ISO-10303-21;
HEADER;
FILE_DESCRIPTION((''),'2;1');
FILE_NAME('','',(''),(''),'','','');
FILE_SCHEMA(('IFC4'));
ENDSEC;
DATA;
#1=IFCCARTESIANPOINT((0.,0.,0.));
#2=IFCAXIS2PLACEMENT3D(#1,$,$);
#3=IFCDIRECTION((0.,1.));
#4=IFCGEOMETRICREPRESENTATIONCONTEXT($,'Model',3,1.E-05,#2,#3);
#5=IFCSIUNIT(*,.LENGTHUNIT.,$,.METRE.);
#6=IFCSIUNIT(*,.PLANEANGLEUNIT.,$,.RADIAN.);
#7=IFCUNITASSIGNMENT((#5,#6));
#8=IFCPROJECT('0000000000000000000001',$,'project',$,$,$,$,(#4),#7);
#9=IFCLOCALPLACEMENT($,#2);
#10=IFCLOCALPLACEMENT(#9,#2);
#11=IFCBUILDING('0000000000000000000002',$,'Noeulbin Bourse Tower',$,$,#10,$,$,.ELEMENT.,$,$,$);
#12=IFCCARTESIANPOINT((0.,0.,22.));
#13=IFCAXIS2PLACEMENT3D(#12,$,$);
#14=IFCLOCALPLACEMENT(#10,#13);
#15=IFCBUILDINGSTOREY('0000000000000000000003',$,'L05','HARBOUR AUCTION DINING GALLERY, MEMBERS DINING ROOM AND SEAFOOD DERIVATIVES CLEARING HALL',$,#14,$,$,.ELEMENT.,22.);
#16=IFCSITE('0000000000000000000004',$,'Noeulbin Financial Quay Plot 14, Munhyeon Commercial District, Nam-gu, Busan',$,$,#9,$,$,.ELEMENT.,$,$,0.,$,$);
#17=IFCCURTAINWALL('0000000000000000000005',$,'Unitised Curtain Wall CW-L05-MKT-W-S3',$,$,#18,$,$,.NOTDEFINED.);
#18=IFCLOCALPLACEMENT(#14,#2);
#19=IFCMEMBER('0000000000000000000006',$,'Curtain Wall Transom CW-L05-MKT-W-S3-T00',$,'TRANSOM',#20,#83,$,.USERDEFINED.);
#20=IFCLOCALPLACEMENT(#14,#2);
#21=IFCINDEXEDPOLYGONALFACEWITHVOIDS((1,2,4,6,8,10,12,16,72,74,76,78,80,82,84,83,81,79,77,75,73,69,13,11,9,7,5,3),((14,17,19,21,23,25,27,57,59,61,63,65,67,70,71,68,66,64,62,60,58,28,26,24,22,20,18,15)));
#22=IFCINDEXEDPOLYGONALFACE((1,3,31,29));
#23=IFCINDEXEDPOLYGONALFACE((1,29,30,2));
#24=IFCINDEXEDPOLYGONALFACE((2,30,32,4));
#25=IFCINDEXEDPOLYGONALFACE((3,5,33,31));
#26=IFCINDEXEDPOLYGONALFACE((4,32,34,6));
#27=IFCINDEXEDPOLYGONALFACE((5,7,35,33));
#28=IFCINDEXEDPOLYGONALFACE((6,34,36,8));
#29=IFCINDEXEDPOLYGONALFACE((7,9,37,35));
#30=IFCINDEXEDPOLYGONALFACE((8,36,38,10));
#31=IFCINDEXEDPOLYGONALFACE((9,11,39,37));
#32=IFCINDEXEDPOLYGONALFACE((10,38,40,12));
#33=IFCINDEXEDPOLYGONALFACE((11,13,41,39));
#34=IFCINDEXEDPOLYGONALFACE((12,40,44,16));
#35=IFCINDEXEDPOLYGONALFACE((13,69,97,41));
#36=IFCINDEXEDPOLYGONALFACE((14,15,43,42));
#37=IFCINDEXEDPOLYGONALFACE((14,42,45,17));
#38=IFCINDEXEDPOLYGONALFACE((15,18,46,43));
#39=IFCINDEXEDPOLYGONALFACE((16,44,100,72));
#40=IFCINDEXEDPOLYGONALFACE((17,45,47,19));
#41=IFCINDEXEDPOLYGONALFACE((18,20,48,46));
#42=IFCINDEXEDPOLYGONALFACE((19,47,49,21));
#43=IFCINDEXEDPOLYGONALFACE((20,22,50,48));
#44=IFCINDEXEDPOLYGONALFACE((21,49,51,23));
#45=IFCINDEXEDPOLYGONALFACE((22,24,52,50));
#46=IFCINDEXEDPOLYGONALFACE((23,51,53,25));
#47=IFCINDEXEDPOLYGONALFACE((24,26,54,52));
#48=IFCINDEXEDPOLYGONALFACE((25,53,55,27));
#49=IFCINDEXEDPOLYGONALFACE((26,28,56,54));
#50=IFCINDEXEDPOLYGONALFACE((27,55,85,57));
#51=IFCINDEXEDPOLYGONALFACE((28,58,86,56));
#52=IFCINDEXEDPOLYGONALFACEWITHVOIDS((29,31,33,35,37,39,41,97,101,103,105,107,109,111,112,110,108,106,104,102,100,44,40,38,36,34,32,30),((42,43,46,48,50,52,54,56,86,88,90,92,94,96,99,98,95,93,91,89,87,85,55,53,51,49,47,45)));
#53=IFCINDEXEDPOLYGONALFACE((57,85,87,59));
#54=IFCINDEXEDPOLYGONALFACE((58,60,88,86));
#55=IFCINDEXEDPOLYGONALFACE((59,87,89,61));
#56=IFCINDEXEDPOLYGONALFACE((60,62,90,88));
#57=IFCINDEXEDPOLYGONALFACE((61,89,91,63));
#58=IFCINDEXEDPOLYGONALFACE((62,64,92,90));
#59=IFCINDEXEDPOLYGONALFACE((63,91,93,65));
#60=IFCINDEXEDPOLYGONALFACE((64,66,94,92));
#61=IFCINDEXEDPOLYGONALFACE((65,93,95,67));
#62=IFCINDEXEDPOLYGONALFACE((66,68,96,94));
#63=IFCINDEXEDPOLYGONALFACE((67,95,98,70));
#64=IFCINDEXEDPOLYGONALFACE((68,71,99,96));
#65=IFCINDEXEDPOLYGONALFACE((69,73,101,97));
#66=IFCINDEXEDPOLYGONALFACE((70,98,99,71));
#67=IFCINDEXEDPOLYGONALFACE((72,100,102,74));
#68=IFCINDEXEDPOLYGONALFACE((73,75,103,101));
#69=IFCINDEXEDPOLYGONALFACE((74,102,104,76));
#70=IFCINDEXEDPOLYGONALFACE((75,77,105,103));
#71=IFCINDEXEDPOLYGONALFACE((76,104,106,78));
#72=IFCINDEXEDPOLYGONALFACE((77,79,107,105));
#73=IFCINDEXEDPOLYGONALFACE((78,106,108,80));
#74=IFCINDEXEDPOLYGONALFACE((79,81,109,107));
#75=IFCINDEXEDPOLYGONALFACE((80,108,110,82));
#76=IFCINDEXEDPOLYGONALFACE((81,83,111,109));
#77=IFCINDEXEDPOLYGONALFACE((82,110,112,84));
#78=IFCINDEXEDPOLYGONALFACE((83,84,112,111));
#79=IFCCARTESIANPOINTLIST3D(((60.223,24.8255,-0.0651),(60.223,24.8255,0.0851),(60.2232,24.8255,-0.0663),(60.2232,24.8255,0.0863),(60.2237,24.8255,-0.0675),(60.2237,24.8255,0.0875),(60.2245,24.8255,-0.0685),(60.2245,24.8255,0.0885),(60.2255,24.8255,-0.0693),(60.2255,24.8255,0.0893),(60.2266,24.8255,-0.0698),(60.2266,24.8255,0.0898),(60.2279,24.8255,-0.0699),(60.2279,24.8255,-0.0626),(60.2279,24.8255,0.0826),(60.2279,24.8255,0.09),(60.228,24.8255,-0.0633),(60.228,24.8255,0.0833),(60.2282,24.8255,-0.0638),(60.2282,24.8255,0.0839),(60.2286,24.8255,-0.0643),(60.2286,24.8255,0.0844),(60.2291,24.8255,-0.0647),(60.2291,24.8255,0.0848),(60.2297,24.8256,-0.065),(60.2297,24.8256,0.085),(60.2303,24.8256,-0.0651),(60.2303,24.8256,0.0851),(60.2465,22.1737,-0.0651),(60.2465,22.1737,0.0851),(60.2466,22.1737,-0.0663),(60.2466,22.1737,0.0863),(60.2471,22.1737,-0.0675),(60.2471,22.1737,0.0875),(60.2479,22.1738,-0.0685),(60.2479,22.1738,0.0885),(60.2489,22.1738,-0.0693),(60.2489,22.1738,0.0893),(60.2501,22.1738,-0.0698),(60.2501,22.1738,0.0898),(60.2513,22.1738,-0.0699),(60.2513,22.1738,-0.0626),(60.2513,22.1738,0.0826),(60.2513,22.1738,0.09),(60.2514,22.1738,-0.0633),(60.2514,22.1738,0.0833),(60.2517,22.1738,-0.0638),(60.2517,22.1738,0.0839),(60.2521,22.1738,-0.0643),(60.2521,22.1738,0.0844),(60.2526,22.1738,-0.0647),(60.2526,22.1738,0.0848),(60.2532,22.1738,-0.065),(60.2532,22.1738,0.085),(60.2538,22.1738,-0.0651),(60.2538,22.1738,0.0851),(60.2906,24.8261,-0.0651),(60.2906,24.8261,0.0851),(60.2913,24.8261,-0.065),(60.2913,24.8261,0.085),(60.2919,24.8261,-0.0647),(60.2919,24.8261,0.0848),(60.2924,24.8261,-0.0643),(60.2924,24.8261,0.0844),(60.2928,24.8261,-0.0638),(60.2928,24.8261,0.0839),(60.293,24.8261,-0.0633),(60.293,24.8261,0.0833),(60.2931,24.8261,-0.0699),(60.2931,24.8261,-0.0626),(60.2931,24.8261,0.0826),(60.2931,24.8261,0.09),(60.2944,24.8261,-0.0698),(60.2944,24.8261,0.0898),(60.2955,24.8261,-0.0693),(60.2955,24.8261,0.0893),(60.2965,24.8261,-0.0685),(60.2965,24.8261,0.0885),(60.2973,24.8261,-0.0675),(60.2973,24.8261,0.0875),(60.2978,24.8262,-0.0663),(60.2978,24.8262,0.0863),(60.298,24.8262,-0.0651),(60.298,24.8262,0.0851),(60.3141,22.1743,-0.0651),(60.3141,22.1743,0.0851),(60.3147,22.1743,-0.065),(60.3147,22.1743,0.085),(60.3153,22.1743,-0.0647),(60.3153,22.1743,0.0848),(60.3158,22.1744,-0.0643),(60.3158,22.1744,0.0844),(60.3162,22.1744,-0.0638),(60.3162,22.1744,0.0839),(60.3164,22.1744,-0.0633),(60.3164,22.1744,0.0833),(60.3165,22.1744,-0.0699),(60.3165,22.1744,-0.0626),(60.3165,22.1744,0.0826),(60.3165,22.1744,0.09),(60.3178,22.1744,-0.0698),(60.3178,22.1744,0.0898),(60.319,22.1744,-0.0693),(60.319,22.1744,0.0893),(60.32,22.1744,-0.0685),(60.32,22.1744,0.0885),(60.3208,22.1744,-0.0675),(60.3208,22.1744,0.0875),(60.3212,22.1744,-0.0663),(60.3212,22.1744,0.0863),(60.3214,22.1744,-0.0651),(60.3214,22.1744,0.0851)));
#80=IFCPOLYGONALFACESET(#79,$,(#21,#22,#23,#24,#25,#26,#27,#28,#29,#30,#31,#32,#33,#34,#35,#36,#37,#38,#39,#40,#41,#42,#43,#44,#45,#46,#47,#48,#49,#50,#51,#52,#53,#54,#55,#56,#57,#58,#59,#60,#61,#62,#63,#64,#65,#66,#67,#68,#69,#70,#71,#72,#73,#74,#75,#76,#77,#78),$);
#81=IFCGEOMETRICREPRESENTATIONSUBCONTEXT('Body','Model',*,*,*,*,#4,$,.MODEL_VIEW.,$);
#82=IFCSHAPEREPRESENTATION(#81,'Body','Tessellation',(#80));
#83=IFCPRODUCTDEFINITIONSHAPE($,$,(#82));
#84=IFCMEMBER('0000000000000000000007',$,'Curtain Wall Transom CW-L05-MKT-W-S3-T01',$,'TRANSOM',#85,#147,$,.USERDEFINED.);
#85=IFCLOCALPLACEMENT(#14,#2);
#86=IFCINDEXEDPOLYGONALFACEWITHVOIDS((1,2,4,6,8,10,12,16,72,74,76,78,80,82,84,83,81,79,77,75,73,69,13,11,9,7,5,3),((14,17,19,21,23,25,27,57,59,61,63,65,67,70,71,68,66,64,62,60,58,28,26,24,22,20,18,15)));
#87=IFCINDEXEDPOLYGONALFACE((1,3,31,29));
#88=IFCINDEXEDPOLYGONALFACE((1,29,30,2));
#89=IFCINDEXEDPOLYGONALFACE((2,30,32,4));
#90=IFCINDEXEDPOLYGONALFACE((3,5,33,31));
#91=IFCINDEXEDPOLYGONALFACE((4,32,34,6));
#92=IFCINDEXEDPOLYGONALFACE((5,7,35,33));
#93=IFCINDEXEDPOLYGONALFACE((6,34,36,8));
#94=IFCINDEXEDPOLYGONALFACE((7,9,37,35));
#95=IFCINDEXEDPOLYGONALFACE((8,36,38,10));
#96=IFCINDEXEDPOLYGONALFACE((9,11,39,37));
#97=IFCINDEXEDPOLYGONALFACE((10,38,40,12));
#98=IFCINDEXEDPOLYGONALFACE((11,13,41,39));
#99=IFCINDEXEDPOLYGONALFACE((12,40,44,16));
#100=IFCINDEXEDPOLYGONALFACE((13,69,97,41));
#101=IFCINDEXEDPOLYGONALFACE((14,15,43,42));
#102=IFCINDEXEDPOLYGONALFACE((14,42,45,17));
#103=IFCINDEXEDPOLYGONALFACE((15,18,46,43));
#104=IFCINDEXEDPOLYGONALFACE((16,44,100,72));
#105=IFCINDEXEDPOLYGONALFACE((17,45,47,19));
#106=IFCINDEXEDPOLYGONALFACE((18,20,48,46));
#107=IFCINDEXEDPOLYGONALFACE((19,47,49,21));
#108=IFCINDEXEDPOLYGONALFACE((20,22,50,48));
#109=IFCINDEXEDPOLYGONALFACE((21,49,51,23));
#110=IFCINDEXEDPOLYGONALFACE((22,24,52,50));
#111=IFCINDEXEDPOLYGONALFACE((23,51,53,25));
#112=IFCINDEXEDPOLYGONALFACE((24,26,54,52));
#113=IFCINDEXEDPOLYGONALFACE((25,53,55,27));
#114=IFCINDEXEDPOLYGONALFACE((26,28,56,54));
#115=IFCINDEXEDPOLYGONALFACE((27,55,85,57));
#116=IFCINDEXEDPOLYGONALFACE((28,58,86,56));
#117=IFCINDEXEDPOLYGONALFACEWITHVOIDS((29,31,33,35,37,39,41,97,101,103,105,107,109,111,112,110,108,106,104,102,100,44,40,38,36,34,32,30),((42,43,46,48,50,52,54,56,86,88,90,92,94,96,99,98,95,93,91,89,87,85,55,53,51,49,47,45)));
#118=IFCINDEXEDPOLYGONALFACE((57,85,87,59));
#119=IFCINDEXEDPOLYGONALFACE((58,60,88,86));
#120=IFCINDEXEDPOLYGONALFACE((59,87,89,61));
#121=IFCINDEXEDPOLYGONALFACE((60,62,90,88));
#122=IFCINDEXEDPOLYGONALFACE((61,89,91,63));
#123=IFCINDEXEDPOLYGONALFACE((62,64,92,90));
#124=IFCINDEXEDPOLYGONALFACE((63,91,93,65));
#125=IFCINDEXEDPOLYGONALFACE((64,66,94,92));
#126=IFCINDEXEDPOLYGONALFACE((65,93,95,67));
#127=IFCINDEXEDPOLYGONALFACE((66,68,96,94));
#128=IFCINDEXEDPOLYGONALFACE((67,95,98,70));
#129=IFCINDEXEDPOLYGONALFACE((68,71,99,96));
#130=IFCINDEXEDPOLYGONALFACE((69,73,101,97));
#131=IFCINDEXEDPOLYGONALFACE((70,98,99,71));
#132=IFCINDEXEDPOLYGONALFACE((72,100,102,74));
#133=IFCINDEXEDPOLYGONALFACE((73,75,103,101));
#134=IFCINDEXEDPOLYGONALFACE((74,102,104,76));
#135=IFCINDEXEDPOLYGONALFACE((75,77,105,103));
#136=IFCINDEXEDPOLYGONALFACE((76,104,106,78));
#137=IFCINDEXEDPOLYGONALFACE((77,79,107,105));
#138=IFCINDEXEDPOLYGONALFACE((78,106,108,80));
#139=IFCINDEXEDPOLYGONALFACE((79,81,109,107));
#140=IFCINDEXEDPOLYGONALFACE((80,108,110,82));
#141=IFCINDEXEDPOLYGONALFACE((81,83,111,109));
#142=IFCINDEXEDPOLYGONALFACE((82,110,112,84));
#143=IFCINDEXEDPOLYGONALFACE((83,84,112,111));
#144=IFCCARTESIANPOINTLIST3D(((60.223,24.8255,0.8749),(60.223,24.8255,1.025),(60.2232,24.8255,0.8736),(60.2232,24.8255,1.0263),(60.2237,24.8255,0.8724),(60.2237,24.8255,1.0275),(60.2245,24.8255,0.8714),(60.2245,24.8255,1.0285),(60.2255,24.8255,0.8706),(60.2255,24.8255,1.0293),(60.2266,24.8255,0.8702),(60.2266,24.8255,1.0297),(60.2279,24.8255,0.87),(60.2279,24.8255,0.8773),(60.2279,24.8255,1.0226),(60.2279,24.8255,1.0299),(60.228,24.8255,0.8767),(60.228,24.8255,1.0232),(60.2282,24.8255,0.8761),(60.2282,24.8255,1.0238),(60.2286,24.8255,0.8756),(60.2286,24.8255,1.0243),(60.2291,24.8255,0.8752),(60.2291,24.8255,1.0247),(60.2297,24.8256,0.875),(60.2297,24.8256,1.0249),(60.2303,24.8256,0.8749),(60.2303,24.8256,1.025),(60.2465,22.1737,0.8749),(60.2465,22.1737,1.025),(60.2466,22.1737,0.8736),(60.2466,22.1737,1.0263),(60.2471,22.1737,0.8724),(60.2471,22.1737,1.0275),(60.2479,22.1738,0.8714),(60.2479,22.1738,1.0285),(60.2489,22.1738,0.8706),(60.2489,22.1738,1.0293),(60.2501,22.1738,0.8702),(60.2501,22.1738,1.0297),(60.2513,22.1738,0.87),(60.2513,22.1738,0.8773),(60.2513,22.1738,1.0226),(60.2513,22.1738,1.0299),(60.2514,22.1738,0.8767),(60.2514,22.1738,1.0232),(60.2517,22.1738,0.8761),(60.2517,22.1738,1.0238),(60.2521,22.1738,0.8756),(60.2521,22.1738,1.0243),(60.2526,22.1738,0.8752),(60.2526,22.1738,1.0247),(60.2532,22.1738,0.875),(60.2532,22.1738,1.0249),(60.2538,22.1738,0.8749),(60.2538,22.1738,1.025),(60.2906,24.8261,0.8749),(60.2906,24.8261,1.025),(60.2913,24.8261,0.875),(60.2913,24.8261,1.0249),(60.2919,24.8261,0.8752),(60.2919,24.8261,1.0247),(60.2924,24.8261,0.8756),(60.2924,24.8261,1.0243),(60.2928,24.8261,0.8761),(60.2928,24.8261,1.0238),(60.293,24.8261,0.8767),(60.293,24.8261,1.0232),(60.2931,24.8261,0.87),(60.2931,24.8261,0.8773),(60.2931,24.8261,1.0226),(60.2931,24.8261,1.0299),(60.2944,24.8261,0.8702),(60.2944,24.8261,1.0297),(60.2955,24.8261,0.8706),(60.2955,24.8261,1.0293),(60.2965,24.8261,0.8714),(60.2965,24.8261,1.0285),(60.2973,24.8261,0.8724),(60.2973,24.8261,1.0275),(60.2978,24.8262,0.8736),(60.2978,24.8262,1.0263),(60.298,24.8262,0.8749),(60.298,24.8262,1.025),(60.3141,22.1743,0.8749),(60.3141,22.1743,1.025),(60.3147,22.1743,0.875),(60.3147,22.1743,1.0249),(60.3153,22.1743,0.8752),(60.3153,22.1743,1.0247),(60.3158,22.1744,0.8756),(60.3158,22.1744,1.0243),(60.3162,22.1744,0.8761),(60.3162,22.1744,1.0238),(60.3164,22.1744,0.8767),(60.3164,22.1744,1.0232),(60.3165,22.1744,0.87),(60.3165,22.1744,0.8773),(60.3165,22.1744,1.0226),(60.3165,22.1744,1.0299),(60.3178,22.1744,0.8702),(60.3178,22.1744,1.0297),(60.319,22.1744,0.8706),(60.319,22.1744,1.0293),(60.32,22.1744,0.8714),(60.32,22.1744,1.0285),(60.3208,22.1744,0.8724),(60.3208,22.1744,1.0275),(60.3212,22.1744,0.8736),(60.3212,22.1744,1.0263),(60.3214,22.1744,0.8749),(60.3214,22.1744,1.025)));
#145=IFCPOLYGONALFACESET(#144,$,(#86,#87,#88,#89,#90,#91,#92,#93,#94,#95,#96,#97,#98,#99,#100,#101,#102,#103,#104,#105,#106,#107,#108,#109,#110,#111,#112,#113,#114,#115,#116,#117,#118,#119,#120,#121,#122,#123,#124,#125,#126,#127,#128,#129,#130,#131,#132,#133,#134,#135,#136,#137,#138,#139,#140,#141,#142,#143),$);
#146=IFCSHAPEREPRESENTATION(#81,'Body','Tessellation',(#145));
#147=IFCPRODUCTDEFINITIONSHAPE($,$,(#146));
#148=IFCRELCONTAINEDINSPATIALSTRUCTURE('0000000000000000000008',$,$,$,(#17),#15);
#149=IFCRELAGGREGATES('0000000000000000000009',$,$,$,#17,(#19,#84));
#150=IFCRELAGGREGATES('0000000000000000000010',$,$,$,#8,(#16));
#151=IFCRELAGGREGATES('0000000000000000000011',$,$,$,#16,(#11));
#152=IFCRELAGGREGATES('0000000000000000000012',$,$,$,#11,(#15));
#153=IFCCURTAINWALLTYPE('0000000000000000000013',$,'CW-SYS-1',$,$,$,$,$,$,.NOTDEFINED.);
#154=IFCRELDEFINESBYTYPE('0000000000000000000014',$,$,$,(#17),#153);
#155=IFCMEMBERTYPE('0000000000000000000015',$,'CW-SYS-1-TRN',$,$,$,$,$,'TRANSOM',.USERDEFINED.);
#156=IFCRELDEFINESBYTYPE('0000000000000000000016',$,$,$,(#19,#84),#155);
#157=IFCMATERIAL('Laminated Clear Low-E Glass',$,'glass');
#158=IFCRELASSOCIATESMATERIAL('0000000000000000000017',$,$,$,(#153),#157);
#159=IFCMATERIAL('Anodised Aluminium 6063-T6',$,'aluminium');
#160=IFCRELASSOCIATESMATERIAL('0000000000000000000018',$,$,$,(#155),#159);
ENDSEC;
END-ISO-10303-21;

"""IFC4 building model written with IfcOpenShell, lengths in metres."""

from ifc_helpers import new_model, si_unit, direction, frame, origin, origin_2d, place, context, subcontext, project, spatial, hollow_rectangle, extrude, material, material_profile, profile_set, type_object, element, aggregate, save


model = new_model("IFC4")

# Units and contexts
model_context = context("Model", 3, precision=1e-05, world=origin(), true_north=direction((0.0, 1.0)))
body_context = subcontext(model_context, "Body", "Model", "MODEL_VIEW")
ifc_project = project(units=[si_unit("LENGTHUNIT", "METRE"), si_unit("PLANEANGLEUNIT", "RADIAN")], contexts=[model_context])

# Site, building, storey
site_placement = place(None, origin())
site = spatial("IfcSite", under=ifc_project, at=site_placement, Name="Noeulbin Financial Quay Plot 14, Munhyeon Commercial District, Nam-gu, Busan", CompositionType="ELEMENT", RefElevation=0.0)
building_placement = place(site_placement, origin())
building = spatial("IfcBuilding", under=site, at=building_placement, Name="Noeulbin Bourse Tower", CompositionType="ELEMENT")
storey_placement = place(building_placement, frame((0.0, 0.0, 22.0)))
storey = spatial("IfcBuildingStorey", under=building, at=storey_placement, Name="L05", Description="HARBOUR AUCTION DINING GALLERY, MEMBERS DINING ROOM AND SEAFOOD DERIVATIVES CLEARING HALL", CompositionType="ELEMENT", Elevation=22.0)

# Shared definitions
ifc_material_1 = material(Name="Laminated Clear Low-E Glass", Category="glass")
curtain_wall_type_1 = type_object("IfcCurtainWallType", Name="CW-SYS-1", PredefinedType="NOTDEFINED", material=ifc_material_1)
ifc_material_2 = material(Name="Anodised Aluminium 6063-T6", Category="aluminium")

# Curtain wall
curtain_wall_1_placement = place(storey_placement, origin())
curtain_wall_1 = element("IfcCurtainWall", 1, at=curtain_wall_1_placement, inside=storey, type_object=curtain_wall_type_1, Name="Unitised Curtain Wall CW-L05-MKT-W-S3", PredefinedType="NOTDEFINED")

# Members
ifc_material_profile_1 = material_profile(ifc_material_2, hollow_rectangle(XDim=0.075, YDim=0.1599, WallThickness=0.0049, InnerFilletRadius=0.0024, OuterFilletRadius=0.0049, at=origin_2d()), Name="ALU-TRAN-75x160x5", Category="LoadBearing")
ifc_profile_set_1 = profile_set([ifc_material_profile_1], Name="Anodised Aluminium 6063-T6")
member_type_1 = type_object("IfcMemberType", Name="CW-SYS-1-TRN", ElementType="TRANSOM", PredefinedType="USERDEFINED", material=ifc_profile_set_1)
member_1_placement = place(storey_placement, frame((60.2839, 22.1741, 0.01), z_axis=(-0.008838, 0.999961, 0.0), x_axis=(-0.999961, -0.008838, 0.0)))
member_1 = element("IfcMember", 2, at=member_1_placement, type_object=member_type_1, Name="Curtain Wall Transom CW-L05-MKT-W-S3-T00", ObjectType="TRANSOM", PredefinedType="USERDEFINED", context=body_context, shape_type="SweptSolid", body=[
    extrude(hollow_rectangle(XDim=0.075, YDim=0.1599, WallThickness=0.0049, InnerFilletRadius=0.0024, OuterFilletRadius=0.0049, at=origin_2d()), origin(), (0.0, 0.0, 1.0), 2.6519),
])
member_2_placement = place(storey_placement, frame((60.2839, 22.1741, 0.95), z_axis=(-0.008838, 0.999961, 0.0), x_axis=(-0.999961, -0.008838, 0.0)))
member_2 = element("IfcMember", 3, at=member_2_placement, type_object=member_type_1, Name="Curtain Wall Transom CW-L05-MKT-W-S3-T01", ObjectType="TRANSOM", PredefinedType="USERDEFINED", context=body_context, shape_type="SweptSolid", body=[
    extrude(hollow_rectangle(XDim=0.075, YDim=0.1599, WallThickness=0.0049, InnerFilletRadius=0.0024, OuterFilletRadius=0.0049, at=origin_2d()), origin(), (0.0, 0.0, 1.0), 2.6519),
])

aggregate(curtain_wall_1, [member_1, member_2])

save(model, "model.ifc")
